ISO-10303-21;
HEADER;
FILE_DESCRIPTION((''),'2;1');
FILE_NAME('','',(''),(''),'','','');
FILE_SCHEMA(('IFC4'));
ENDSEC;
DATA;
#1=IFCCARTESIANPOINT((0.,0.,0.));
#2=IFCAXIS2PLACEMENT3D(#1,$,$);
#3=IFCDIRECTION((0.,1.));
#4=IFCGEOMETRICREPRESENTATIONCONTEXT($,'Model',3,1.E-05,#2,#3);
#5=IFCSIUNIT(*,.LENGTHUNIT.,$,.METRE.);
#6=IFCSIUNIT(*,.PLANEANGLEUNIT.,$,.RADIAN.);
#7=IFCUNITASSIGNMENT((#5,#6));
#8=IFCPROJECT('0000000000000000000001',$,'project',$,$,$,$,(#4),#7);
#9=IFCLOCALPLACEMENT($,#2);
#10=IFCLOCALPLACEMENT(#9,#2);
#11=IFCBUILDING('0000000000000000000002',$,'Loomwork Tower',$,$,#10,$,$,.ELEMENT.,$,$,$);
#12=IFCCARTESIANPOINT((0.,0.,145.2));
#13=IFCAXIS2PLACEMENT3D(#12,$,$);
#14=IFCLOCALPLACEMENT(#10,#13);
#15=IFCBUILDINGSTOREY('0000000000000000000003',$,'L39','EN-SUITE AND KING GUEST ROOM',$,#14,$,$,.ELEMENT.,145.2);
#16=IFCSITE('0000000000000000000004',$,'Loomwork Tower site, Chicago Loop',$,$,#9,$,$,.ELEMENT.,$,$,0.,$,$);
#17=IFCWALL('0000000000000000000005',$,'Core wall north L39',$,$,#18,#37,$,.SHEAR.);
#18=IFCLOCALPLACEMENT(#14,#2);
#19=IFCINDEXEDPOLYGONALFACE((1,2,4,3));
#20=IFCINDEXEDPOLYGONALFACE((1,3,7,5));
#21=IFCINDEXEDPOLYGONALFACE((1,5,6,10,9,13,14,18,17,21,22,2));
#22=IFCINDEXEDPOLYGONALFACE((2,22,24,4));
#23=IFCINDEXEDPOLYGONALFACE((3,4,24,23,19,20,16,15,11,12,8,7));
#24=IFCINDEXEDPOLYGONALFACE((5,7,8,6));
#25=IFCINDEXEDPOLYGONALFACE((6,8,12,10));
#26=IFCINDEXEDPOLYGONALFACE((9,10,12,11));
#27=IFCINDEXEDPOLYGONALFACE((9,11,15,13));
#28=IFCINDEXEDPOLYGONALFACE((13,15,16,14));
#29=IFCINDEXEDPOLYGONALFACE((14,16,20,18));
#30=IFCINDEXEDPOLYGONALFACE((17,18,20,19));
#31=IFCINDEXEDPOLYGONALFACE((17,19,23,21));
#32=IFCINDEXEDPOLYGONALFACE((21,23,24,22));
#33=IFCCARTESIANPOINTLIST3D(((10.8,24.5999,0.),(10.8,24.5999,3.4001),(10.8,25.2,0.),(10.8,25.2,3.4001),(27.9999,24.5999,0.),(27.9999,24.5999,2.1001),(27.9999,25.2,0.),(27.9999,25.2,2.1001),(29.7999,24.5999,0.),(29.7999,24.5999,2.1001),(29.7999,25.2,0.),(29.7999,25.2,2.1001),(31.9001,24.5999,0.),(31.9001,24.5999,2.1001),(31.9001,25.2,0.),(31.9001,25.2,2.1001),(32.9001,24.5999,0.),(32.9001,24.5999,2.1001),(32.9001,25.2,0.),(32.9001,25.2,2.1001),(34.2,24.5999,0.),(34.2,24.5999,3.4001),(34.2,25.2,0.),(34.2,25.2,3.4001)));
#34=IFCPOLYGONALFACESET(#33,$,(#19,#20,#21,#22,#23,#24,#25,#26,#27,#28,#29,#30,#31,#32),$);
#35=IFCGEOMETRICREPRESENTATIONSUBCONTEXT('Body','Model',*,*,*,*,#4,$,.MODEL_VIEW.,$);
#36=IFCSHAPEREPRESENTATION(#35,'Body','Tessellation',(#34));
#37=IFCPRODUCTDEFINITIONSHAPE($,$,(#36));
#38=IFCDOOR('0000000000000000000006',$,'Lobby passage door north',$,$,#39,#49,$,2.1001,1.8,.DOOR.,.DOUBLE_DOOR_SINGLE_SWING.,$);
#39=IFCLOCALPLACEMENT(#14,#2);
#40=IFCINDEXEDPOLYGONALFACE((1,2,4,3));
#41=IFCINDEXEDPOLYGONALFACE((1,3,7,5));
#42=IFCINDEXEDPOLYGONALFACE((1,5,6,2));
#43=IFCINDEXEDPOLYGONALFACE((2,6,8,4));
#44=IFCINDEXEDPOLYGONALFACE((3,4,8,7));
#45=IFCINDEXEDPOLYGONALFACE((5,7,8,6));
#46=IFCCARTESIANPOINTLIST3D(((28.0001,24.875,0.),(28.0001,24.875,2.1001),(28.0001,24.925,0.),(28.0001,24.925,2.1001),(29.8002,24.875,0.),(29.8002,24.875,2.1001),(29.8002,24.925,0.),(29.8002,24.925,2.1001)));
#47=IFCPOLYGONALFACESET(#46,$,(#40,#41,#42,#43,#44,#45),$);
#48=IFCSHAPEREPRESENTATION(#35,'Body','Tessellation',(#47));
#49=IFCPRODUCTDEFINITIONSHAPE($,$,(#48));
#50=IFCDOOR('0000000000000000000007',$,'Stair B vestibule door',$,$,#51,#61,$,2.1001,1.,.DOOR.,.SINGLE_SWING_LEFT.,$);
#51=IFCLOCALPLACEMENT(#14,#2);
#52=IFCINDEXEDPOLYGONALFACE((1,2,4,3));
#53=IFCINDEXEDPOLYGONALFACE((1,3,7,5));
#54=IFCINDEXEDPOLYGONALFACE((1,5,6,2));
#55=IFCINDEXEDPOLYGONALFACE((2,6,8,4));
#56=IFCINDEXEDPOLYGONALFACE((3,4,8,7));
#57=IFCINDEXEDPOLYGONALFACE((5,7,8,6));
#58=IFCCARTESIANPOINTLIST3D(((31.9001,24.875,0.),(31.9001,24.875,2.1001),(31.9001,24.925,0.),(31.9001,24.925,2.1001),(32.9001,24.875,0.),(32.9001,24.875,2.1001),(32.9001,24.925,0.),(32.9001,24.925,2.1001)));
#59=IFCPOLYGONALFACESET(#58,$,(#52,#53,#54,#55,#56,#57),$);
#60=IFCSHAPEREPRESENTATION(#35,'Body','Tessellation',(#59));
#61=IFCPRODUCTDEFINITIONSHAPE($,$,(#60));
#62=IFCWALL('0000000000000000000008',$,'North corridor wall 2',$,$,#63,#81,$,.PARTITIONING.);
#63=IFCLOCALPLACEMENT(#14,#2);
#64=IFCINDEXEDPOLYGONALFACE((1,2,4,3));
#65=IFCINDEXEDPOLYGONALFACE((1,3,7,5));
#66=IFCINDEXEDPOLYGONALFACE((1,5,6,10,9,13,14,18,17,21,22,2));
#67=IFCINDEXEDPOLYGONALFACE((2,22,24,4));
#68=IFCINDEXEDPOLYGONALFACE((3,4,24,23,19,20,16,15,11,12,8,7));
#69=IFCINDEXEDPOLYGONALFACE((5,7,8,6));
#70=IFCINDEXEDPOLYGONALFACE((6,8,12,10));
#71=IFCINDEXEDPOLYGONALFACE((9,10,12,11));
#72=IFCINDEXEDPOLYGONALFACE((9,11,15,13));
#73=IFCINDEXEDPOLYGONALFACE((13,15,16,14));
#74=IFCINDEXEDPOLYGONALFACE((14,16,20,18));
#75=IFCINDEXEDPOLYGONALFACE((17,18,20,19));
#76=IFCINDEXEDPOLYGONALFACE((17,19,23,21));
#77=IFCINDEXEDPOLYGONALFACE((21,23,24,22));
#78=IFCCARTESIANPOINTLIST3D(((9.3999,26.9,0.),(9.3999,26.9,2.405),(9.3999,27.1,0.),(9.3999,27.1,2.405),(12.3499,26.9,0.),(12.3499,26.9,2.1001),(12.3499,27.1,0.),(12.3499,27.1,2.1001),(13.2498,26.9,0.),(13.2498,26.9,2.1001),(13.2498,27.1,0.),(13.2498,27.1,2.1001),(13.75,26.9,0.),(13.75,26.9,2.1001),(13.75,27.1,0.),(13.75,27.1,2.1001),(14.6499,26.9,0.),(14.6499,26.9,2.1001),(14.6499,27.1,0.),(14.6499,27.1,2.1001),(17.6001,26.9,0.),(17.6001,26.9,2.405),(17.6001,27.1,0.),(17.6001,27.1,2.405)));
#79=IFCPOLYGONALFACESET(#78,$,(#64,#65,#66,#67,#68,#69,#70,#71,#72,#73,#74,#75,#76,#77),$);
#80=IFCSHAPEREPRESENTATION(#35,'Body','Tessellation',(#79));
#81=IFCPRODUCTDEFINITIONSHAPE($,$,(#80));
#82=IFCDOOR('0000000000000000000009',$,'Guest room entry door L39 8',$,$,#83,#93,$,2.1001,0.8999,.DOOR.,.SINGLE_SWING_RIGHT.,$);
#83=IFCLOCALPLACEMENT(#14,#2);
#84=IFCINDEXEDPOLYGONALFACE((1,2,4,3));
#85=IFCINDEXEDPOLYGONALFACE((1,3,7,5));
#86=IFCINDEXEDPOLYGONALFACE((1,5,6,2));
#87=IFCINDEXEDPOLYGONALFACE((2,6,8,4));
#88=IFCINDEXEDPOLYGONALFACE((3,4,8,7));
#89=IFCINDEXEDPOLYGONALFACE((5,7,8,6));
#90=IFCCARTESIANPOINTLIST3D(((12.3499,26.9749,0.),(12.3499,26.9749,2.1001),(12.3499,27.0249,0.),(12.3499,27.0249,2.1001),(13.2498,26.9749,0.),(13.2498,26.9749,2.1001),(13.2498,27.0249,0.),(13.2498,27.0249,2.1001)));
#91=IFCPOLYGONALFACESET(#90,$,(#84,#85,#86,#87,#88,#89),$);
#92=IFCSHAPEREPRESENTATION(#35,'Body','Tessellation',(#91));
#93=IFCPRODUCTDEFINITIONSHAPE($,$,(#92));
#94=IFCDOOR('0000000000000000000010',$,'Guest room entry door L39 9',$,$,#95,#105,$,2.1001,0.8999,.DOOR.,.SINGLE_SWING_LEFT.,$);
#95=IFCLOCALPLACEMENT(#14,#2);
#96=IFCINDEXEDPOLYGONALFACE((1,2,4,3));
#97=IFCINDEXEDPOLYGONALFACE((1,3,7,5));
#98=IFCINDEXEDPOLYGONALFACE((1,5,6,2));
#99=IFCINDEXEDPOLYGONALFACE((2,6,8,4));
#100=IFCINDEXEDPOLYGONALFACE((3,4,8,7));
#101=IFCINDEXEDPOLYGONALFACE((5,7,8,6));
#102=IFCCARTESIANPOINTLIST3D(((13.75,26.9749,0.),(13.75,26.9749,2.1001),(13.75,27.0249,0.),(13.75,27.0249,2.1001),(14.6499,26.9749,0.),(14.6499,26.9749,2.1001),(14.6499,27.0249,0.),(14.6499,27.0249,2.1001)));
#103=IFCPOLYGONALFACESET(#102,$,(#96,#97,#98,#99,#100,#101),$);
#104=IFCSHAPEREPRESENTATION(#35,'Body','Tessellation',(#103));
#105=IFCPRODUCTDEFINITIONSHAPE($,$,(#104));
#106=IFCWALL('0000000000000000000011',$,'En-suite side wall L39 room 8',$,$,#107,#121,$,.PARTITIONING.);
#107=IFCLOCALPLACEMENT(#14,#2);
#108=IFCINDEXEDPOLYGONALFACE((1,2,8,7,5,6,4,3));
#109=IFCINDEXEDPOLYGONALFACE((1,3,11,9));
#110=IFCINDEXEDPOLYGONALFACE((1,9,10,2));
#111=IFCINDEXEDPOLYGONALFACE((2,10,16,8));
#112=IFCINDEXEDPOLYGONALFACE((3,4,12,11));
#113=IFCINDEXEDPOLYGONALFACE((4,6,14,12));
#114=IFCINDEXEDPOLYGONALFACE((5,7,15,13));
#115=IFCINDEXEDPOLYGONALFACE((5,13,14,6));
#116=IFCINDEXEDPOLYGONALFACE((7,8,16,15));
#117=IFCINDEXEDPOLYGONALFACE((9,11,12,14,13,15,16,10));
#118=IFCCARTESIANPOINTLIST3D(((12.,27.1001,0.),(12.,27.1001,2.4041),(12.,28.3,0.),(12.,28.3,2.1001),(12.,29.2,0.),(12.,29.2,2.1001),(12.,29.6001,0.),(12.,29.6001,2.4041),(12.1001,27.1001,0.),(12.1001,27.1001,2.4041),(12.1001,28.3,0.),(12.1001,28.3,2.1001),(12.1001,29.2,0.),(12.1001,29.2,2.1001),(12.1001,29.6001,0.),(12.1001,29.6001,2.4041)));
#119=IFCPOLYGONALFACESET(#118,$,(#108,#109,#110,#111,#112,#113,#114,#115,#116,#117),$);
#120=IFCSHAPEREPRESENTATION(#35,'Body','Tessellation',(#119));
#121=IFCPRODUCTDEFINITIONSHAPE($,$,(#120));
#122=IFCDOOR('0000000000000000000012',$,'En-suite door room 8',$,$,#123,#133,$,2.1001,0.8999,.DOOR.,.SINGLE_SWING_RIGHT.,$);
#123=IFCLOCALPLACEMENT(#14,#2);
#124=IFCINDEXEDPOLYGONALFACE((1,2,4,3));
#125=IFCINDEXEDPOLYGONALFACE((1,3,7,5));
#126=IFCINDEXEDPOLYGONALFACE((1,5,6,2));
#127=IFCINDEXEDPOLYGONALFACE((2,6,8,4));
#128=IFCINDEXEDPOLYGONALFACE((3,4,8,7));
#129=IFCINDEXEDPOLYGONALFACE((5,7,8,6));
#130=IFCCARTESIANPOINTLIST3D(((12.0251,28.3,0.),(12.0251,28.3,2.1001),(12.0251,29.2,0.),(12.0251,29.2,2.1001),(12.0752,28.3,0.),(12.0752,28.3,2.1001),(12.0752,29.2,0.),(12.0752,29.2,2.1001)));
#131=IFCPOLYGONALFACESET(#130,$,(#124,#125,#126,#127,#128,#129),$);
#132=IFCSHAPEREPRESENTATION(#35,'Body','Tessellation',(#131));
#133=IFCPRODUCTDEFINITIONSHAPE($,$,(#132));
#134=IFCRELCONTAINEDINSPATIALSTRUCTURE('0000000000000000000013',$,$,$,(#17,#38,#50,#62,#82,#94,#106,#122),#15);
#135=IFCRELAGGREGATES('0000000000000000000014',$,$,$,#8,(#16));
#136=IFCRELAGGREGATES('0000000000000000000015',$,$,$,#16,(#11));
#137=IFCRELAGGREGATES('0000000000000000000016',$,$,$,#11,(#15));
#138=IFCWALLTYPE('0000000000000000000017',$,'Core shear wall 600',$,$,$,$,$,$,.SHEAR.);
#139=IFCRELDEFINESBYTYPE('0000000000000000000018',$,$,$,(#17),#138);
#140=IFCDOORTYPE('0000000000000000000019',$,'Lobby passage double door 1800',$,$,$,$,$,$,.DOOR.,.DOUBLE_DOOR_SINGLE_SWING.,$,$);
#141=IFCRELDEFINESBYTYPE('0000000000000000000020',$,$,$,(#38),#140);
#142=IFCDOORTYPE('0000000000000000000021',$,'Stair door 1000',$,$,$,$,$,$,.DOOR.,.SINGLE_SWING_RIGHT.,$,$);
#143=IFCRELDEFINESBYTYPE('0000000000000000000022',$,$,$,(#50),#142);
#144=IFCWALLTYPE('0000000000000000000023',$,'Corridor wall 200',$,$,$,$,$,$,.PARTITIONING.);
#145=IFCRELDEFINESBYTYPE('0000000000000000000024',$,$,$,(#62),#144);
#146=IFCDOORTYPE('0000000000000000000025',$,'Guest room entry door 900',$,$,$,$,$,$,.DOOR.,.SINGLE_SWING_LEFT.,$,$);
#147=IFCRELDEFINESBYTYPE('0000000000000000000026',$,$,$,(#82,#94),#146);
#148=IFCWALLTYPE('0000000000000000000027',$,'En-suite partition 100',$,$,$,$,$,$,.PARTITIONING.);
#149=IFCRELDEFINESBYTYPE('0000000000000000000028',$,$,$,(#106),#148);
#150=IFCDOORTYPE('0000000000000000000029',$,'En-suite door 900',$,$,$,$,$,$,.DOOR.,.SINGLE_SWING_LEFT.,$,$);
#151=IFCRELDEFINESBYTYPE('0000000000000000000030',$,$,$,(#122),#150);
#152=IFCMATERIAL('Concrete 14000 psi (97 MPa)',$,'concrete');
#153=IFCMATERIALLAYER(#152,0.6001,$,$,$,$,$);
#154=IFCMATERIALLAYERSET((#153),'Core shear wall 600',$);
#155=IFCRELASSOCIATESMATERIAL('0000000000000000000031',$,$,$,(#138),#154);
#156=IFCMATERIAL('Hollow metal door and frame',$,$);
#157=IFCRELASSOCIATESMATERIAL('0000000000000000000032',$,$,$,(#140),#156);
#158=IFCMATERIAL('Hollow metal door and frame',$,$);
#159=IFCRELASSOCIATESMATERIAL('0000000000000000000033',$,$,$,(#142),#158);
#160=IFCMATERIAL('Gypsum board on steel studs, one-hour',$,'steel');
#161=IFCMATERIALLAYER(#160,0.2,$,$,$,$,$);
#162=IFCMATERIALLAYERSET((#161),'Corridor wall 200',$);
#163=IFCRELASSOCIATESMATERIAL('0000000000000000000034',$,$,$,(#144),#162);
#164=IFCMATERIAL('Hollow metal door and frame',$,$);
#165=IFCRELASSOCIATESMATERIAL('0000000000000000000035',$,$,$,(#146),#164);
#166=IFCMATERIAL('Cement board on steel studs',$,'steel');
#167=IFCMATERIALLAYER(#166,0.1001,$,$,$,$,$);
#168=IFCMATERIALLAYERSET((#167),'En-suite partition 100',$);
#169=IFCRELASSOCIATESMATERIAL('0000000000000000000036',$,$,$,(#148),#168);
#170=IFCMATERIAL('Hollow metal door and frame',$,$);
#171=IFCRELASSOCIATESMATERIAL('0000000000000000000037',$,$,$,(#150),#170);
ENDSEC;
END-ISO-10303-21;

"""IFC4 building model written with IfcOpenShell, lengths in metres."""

from ifc_helpers import new_model, si_unit, direction, frame, frame_2d, origin, place, context, subcontext, project, spatial, rectangle, extrude, material, layer, layer_set, type_object, element, fill, save


model = new_model("IFC4")

# Units and contexts
model_context = context("Model", 3, precision=1e-05, world=origin(), true_north=direction((0.0, 1.0)))
body_context = subcontext(model_context, "Body", "Model", "MODEL_VIEW")
ifc_project = project(units=[si_unit("LENGTHUNIT", "METRE"), si_unit("PLANEANGLEUNIT", "RADIAN")], contexts=[model_context])

# Site, building, storey
site_placement = place(None, origin())
site = spatial("IfcSite", under=ifc_project, at=site_placement, Name="Loomwork Tower site, Chicago Loop", CompositionType="ELEMENT", RefElevation=0.0)
building_placement = place(site_placement, origin())
building = spatial("IfcBuilding", under=site, at=building_placement, Name="Loomwork Tower", CompositionType="ELEMENT")
storey_placement = place(building_placement, frame((0.0, 0.0, 145.2)))
storey = spatial("IfcBuildingStorey", under=building, at=storey_placement, Name="L39", Description="EN-SUITE AND KING GUEST ROOM", CompositionType="ELEMENT", Elevation=145.2)

# Walls, openings, doors
ifc_material_1 = material(Name="Concrete 14000 psi (97 MPa)", Category="concrete")
ifc_layer_1 = layer(ifc_material_1, 0.6001)
ifc_layer_set_1 = layer_set([ifc_layer_1], Name="Core shear wall 600")
wall_type_1 = type_object("IfcWallType", Name="Core shear wall 600", PredefinedType="SHEAR", material=ifc_layer_set_1)
wall_1_placement = place(storey_placement, frame((10.8, 24.8999, 0.0), z_axis=(0.0, 0.0, 1.0), x_axis=(1.0, 0.0, 0.0)))
wall_1 = element("IfcWall", 1, at=wall_1_placement, inside=storey, type_object=wall_type_1, Name="Core wall north L39", PredefinedType="SHEAR", context=body_context, shape_type="SweptSolid", body=[
    extrude(rectangle(XDim=23.3999, YDim=0.6001, at=frame_2d((11.7, 0.0))), origin(), (0.0, 0.0, 1.0), 3.4001),
])
opening_1_placement = place(wall_1_placement, frame((17.2, 0.0, 0.0)))
opening_1 = element("IfcOpeningElement", 2, at=opening_1_placement, cuts=wall_1, PredefinedType="OPENING", context=body_context, shape_type="SweptSolid", body=[
    extrude(rectangle(XDim=1.8, YDim=2.1001, at=frame_2d((0.8999, 1.05))), frame((0.0, 0.3101, 0.0), z_axis=(0.0, -1.0, 0.0), x_axis=(1.0, 0.0, 0.0)), (0.0, 0.0, 1.0), 0.6201),
])
opening_2_placement = place(wall_1_placement, frame((21.1001, 0.0, 0.0)))
opening_2 = element("IfcOpeningElement", 3, at=opening_2_placement, cuts=wall_1, PredefinedType="OPENING", context=body_context, shape_type="SweptSolid", body=[
    extrude(rectangle(XDim=1.0, YDim=2.1001, at=frame_2d((0.5, 1.05))), frame((0.0, 0.3101, 0.0), z_axis=(0.0, -1.0, 0.0), x_axis=(1.0, 0.0, 0.0)), (0.0, 0.0, 1.0), 0.6201),
])
ifc_material_2 = material(Name="Hollow metal door and frame")
door_type_1 = type_object("IfcDoorType", Name="Lobby passage double door 1800", OperationType="DOUBLE_DOOR_SINGLE_SWING", PredefinedType="DOOR", material=ifc_material_2)
door_1_placement = place(opening_1_placement, frame((1.8, 0.0, 0.0), z_axis=(0.0, 0.0, 1.0), x_axis=(-1.0, 0.0, 0.0)))
door_1 = element("IfcDoor", 4, at=door_1_placement, inside=storey, type_object=door_type_1, Name="Lobby passage door north", OperationType="DOUBLE_DOOR_SINGLE_SWING", OverallHeight=2.1001, OverallWidth=1.8, PredefinedType="DOOR", context=body_context, shape_type="SweptSolid", body=[
    extrude(rectangle(XDim=1.8, YDim=2.1001, at=frame_2d((0.8999, 1.05))), frame((0.0, 0.0249, 0.0), z_axis=(0.0, -1.0, 0.0), x_axis=(1.0, 0.0, 0.0)), (0.0, 0.0, 1.0), 0.05),
])
fill(opening_1, door_1)
ifc_material_3 = material(Name="Hollow metal door and frame")
door_type_2 = type_object("IfcDoorType", Name="Stair door 1000", OperationType="SINGLE_SWING_RIGHT", PredefinedType="DOOR", material=ifc_material_3)
door_2_placement = place(opening_2_placement, frame((1.0, 0.0, 0.0), z_axis=(0.0, 0.0, 1.0), x_axis=(-1.0, 0.0, 0.0)))
door_2 = element("IfcDoor", 5, at=door_2_placement, inside=storey, type_object=door_type_2, Name="Stair B vestibule door", OperationType="SINGLE_SWING_LEFT", OverallHeight=2.1001, OverallWidth=1.0, PredefinedType="DOOR", context=body_context, shape_type="SweptSolid", body=[
    extrude(rectangle(XDim=1.0, YDim=2.1001, at=frame_2d((0.5, 1.05))), frame((0.0, 0.0249, 0.0), z_axis=(0.0, -1.0, 0.0), x_axis=(1.0, 0.0, 0.0)), (0.0, 0.0, 1.0), 0.05),
])
fill(opening_2, door_2)
ifc_material_4 = material(Name="Gypsum board on steel studs, one-hour", Category="steel")
ifc_layer_2 = layer(ifc_material_4, 0.2)
ifc_layer_set_2 = layer_set([ifc_layer_2], Name="Corridor wall 200")
wall_type_2 = type_object("IfcWallType", Name="Corridor wall 200", PredefinedType="PARTITIONING", material=ifc_layer_set_2)
wall_2_placement = place(storey_placement, frame((9.3999, 27.0, 0.0), z_axis=(0.0, 0.0, 1.0), x_axis=(1.0, 0.0, 0.0)))
wall_2 = element("IfcWall", 6, at=wall_2_placement, inside=storey, type_object=wall_type_2, Name="North corridor wall 2", PredefinedType="PARTITIONING", context=body_context, shape_type="SweptSolid", body=[
    extrude(rectangle(XDim=8.2002, YDim=0.2, at=frame_2d((4.1001, 0.0))), origin(), (0.0, 0.0, 1.0), 2.405),
])
opening_3_placement = place(wall_2_placement, frame((2.95, 0.0, 0.0)))
opening_3 = element("IfcOpeningElement", 7, at=opening_3_placement, cuts=wall_2, PredefinedType="OPENING", context=body_context, shape_type="SweptSolid", body=[
    extrude(rectangle(XDim=0.8999, YDim=2.1001, at=frame_2d((0.45, 1.05))), frame((0.0, 0.1099, 0.0), z_axis=(0.0, -1.0, 0.0), x_axis=(1.0, 0.0, 0.0)), (0.0, 0.0, 1.0), 0.22),
])
opening_4_placement = place(wall_2_placement, frame((4.3501, 0.0, 0.0)))
opening_4 = element("IfcOpeningElement", 8, at=opening_4_placement, cuts=wall_2, PredefinedType="OPENING", context=body_context, shape_type="SweptSolid", body=[
    extrude(rectangle(XDim=0.8999, YDim=2.1001, at=frame_2d((0.45, 1.05))), frame((0.0, 0.1099, 0.0), z_axis=(0.0, -1.0, 0.0), x_axis=(1.0, 0.0, 0.0)), (0.0, 0.0, 1.0), 0.22),
])
ifc_material_5 = material(Name="Hollow metal door and frame")
door_type_3 = type_object("IfcDoorType", Name="Guest room entry door 900", OperationType="SINGLE_SWING_LEFT", PredefinedType="DOOR", material=ifc_material_5)
door_3_placement = place(opening_3_placement, origin())
door_3 = element("IfcDoor", 9, at=door_3_placement, inside=storey, type_object=door_type_3, Name="Guest room entry door L39 8", OperationType="SINGLE_SWING_RIGHT", OverallHeight=2.1001, OverallWidth=0.8999, PredefinedType="DOOR", context=body_context, shape_type="SweptSolid", body=[
    extrude(rectangle(XDim=0.8999, YDim=2.1001, at=frame_2d((0.45, 1.05))), frame((0.0, 0.0249, 0.0), z_axis=(0.0, -1.0, 0.0), x_axis=(1.0, 0.0, 0.0)), (0.0, 0.0, 1.0), 0.05),
])
fill(opening_3, door_3)
door_4_placement = place(opening_4_placement, origin())
door_4 = element("IfcDoor", 10, at=door_4_placement, inside=storey, type_object=door_type_3, Name="Guest room entry door L39 9", OperationType="SINGLE_SWING_LEFT", OverallHeight=2.1001, OverallWidth=0.8999, PredefinedType="DOOR", context=body_context, shape_type="SweptSolid", body=[
    extrude(rectangle(XDim=0.8999, YDim=2.1001, at=frame_2d((0.45, 1.05))), frame((0.0, 0.0249, 0.0), z_axis=(0.0, -1.0, 0.0), x_axis=(1.0, 0.0, 0.0)), (0.0, 0.0, 1.0), 0.05),
])
fill(opening_4, door_4)

# Wall, opening, door
ifc_material_6 = material(Name="Cement board on steel studs", Category="steel")
ifc_layer_3 = layer(ifc_material_6, 0.1001)
ifc_layer_set_3 = layer_set([ifc_layer_3], Name="En-suite partition 100")
wall_type_3 = type_object("IfcWallType", Name="En-suite partition 100", PredefinedType="PARTITIONING", material=ifc_layer_set_3)
wall_3_placement = place(storey_placement, frame((12.05, 27.1001, 0.0), z_axis=(0.0, 0.0, 1.0), x_axis=(0.0, 1.0, 0.0)))
wall_3 = element("IfcWall", 11, at=wall_3_placement, inside=storey, type_object=wall_type_3, Name="En-suite side wall L39 room 8", PredefinedType="PARTITIONING", context=body_context, shape_type="SweptSolid", body=[
    extrude(rectangle(XDim=2.5, YDim=0.1001, at=frame_2d((1.25, 0.0))), origin(), (0.0, 0.0, 1.0), 2.4041),
])
opening_5_placement = place(wall_3_placement, frame((1.2, 0.0, 0.0)))
opening_5 = element("IfcOpeningElement", 12, at=opening_5_placement, cuts=wall_3, PredefinedType="OPENING", context=body_context, shape_type="SweptSolid", body=[
    extrude(rectangle(XDim=0.8999, YDim=2.1001, at=frame_2d((0.45, 1.05))), frame((0.0, 0.0601, 0.0), z_axis=(0.0, -1.0, 0.0), x_axis=(1.0, 0.0, 0.0)), (0.0, 0.0, 1.0), 0.1201),
])
ifc_material_7 = material(Name="Hollow metal door and frame")
door_type_4 = type_object("IfcDoorType", Name="En-suite door 900", OperationType="SINGLE_SWING_LEFT", PredefinedType="DOOR", material=ifc_material_7)
door_5_placement = place(opening_5_placement, origin())
door_5 = element("IfcDoor", 13, at=door_5_placement, inside=storey, type_object=door_type_4, Name="En-suite door room 8", OperationType="SINGLE_SWING_RIGHT", OverallHeight=2.1001, OverallWidth=0.8999, PredefinedType="DOOR", context=body_context, shape_type="SweptSolid", body=[
    extrude(rectangle(XDim=0.8999, YDim=2.1001, at=frame_2d((0.45, 1.05))), frame((0.0, 0.0249, 0.0), z_axis=(0.0, -1.0, 0.0), x_axis=(1.0, 0.0, 0.0)), (0.0, 0.0, 1.0), 0.05),
])
fill(opening_5, door_5)

save(model, "model.ifc")
